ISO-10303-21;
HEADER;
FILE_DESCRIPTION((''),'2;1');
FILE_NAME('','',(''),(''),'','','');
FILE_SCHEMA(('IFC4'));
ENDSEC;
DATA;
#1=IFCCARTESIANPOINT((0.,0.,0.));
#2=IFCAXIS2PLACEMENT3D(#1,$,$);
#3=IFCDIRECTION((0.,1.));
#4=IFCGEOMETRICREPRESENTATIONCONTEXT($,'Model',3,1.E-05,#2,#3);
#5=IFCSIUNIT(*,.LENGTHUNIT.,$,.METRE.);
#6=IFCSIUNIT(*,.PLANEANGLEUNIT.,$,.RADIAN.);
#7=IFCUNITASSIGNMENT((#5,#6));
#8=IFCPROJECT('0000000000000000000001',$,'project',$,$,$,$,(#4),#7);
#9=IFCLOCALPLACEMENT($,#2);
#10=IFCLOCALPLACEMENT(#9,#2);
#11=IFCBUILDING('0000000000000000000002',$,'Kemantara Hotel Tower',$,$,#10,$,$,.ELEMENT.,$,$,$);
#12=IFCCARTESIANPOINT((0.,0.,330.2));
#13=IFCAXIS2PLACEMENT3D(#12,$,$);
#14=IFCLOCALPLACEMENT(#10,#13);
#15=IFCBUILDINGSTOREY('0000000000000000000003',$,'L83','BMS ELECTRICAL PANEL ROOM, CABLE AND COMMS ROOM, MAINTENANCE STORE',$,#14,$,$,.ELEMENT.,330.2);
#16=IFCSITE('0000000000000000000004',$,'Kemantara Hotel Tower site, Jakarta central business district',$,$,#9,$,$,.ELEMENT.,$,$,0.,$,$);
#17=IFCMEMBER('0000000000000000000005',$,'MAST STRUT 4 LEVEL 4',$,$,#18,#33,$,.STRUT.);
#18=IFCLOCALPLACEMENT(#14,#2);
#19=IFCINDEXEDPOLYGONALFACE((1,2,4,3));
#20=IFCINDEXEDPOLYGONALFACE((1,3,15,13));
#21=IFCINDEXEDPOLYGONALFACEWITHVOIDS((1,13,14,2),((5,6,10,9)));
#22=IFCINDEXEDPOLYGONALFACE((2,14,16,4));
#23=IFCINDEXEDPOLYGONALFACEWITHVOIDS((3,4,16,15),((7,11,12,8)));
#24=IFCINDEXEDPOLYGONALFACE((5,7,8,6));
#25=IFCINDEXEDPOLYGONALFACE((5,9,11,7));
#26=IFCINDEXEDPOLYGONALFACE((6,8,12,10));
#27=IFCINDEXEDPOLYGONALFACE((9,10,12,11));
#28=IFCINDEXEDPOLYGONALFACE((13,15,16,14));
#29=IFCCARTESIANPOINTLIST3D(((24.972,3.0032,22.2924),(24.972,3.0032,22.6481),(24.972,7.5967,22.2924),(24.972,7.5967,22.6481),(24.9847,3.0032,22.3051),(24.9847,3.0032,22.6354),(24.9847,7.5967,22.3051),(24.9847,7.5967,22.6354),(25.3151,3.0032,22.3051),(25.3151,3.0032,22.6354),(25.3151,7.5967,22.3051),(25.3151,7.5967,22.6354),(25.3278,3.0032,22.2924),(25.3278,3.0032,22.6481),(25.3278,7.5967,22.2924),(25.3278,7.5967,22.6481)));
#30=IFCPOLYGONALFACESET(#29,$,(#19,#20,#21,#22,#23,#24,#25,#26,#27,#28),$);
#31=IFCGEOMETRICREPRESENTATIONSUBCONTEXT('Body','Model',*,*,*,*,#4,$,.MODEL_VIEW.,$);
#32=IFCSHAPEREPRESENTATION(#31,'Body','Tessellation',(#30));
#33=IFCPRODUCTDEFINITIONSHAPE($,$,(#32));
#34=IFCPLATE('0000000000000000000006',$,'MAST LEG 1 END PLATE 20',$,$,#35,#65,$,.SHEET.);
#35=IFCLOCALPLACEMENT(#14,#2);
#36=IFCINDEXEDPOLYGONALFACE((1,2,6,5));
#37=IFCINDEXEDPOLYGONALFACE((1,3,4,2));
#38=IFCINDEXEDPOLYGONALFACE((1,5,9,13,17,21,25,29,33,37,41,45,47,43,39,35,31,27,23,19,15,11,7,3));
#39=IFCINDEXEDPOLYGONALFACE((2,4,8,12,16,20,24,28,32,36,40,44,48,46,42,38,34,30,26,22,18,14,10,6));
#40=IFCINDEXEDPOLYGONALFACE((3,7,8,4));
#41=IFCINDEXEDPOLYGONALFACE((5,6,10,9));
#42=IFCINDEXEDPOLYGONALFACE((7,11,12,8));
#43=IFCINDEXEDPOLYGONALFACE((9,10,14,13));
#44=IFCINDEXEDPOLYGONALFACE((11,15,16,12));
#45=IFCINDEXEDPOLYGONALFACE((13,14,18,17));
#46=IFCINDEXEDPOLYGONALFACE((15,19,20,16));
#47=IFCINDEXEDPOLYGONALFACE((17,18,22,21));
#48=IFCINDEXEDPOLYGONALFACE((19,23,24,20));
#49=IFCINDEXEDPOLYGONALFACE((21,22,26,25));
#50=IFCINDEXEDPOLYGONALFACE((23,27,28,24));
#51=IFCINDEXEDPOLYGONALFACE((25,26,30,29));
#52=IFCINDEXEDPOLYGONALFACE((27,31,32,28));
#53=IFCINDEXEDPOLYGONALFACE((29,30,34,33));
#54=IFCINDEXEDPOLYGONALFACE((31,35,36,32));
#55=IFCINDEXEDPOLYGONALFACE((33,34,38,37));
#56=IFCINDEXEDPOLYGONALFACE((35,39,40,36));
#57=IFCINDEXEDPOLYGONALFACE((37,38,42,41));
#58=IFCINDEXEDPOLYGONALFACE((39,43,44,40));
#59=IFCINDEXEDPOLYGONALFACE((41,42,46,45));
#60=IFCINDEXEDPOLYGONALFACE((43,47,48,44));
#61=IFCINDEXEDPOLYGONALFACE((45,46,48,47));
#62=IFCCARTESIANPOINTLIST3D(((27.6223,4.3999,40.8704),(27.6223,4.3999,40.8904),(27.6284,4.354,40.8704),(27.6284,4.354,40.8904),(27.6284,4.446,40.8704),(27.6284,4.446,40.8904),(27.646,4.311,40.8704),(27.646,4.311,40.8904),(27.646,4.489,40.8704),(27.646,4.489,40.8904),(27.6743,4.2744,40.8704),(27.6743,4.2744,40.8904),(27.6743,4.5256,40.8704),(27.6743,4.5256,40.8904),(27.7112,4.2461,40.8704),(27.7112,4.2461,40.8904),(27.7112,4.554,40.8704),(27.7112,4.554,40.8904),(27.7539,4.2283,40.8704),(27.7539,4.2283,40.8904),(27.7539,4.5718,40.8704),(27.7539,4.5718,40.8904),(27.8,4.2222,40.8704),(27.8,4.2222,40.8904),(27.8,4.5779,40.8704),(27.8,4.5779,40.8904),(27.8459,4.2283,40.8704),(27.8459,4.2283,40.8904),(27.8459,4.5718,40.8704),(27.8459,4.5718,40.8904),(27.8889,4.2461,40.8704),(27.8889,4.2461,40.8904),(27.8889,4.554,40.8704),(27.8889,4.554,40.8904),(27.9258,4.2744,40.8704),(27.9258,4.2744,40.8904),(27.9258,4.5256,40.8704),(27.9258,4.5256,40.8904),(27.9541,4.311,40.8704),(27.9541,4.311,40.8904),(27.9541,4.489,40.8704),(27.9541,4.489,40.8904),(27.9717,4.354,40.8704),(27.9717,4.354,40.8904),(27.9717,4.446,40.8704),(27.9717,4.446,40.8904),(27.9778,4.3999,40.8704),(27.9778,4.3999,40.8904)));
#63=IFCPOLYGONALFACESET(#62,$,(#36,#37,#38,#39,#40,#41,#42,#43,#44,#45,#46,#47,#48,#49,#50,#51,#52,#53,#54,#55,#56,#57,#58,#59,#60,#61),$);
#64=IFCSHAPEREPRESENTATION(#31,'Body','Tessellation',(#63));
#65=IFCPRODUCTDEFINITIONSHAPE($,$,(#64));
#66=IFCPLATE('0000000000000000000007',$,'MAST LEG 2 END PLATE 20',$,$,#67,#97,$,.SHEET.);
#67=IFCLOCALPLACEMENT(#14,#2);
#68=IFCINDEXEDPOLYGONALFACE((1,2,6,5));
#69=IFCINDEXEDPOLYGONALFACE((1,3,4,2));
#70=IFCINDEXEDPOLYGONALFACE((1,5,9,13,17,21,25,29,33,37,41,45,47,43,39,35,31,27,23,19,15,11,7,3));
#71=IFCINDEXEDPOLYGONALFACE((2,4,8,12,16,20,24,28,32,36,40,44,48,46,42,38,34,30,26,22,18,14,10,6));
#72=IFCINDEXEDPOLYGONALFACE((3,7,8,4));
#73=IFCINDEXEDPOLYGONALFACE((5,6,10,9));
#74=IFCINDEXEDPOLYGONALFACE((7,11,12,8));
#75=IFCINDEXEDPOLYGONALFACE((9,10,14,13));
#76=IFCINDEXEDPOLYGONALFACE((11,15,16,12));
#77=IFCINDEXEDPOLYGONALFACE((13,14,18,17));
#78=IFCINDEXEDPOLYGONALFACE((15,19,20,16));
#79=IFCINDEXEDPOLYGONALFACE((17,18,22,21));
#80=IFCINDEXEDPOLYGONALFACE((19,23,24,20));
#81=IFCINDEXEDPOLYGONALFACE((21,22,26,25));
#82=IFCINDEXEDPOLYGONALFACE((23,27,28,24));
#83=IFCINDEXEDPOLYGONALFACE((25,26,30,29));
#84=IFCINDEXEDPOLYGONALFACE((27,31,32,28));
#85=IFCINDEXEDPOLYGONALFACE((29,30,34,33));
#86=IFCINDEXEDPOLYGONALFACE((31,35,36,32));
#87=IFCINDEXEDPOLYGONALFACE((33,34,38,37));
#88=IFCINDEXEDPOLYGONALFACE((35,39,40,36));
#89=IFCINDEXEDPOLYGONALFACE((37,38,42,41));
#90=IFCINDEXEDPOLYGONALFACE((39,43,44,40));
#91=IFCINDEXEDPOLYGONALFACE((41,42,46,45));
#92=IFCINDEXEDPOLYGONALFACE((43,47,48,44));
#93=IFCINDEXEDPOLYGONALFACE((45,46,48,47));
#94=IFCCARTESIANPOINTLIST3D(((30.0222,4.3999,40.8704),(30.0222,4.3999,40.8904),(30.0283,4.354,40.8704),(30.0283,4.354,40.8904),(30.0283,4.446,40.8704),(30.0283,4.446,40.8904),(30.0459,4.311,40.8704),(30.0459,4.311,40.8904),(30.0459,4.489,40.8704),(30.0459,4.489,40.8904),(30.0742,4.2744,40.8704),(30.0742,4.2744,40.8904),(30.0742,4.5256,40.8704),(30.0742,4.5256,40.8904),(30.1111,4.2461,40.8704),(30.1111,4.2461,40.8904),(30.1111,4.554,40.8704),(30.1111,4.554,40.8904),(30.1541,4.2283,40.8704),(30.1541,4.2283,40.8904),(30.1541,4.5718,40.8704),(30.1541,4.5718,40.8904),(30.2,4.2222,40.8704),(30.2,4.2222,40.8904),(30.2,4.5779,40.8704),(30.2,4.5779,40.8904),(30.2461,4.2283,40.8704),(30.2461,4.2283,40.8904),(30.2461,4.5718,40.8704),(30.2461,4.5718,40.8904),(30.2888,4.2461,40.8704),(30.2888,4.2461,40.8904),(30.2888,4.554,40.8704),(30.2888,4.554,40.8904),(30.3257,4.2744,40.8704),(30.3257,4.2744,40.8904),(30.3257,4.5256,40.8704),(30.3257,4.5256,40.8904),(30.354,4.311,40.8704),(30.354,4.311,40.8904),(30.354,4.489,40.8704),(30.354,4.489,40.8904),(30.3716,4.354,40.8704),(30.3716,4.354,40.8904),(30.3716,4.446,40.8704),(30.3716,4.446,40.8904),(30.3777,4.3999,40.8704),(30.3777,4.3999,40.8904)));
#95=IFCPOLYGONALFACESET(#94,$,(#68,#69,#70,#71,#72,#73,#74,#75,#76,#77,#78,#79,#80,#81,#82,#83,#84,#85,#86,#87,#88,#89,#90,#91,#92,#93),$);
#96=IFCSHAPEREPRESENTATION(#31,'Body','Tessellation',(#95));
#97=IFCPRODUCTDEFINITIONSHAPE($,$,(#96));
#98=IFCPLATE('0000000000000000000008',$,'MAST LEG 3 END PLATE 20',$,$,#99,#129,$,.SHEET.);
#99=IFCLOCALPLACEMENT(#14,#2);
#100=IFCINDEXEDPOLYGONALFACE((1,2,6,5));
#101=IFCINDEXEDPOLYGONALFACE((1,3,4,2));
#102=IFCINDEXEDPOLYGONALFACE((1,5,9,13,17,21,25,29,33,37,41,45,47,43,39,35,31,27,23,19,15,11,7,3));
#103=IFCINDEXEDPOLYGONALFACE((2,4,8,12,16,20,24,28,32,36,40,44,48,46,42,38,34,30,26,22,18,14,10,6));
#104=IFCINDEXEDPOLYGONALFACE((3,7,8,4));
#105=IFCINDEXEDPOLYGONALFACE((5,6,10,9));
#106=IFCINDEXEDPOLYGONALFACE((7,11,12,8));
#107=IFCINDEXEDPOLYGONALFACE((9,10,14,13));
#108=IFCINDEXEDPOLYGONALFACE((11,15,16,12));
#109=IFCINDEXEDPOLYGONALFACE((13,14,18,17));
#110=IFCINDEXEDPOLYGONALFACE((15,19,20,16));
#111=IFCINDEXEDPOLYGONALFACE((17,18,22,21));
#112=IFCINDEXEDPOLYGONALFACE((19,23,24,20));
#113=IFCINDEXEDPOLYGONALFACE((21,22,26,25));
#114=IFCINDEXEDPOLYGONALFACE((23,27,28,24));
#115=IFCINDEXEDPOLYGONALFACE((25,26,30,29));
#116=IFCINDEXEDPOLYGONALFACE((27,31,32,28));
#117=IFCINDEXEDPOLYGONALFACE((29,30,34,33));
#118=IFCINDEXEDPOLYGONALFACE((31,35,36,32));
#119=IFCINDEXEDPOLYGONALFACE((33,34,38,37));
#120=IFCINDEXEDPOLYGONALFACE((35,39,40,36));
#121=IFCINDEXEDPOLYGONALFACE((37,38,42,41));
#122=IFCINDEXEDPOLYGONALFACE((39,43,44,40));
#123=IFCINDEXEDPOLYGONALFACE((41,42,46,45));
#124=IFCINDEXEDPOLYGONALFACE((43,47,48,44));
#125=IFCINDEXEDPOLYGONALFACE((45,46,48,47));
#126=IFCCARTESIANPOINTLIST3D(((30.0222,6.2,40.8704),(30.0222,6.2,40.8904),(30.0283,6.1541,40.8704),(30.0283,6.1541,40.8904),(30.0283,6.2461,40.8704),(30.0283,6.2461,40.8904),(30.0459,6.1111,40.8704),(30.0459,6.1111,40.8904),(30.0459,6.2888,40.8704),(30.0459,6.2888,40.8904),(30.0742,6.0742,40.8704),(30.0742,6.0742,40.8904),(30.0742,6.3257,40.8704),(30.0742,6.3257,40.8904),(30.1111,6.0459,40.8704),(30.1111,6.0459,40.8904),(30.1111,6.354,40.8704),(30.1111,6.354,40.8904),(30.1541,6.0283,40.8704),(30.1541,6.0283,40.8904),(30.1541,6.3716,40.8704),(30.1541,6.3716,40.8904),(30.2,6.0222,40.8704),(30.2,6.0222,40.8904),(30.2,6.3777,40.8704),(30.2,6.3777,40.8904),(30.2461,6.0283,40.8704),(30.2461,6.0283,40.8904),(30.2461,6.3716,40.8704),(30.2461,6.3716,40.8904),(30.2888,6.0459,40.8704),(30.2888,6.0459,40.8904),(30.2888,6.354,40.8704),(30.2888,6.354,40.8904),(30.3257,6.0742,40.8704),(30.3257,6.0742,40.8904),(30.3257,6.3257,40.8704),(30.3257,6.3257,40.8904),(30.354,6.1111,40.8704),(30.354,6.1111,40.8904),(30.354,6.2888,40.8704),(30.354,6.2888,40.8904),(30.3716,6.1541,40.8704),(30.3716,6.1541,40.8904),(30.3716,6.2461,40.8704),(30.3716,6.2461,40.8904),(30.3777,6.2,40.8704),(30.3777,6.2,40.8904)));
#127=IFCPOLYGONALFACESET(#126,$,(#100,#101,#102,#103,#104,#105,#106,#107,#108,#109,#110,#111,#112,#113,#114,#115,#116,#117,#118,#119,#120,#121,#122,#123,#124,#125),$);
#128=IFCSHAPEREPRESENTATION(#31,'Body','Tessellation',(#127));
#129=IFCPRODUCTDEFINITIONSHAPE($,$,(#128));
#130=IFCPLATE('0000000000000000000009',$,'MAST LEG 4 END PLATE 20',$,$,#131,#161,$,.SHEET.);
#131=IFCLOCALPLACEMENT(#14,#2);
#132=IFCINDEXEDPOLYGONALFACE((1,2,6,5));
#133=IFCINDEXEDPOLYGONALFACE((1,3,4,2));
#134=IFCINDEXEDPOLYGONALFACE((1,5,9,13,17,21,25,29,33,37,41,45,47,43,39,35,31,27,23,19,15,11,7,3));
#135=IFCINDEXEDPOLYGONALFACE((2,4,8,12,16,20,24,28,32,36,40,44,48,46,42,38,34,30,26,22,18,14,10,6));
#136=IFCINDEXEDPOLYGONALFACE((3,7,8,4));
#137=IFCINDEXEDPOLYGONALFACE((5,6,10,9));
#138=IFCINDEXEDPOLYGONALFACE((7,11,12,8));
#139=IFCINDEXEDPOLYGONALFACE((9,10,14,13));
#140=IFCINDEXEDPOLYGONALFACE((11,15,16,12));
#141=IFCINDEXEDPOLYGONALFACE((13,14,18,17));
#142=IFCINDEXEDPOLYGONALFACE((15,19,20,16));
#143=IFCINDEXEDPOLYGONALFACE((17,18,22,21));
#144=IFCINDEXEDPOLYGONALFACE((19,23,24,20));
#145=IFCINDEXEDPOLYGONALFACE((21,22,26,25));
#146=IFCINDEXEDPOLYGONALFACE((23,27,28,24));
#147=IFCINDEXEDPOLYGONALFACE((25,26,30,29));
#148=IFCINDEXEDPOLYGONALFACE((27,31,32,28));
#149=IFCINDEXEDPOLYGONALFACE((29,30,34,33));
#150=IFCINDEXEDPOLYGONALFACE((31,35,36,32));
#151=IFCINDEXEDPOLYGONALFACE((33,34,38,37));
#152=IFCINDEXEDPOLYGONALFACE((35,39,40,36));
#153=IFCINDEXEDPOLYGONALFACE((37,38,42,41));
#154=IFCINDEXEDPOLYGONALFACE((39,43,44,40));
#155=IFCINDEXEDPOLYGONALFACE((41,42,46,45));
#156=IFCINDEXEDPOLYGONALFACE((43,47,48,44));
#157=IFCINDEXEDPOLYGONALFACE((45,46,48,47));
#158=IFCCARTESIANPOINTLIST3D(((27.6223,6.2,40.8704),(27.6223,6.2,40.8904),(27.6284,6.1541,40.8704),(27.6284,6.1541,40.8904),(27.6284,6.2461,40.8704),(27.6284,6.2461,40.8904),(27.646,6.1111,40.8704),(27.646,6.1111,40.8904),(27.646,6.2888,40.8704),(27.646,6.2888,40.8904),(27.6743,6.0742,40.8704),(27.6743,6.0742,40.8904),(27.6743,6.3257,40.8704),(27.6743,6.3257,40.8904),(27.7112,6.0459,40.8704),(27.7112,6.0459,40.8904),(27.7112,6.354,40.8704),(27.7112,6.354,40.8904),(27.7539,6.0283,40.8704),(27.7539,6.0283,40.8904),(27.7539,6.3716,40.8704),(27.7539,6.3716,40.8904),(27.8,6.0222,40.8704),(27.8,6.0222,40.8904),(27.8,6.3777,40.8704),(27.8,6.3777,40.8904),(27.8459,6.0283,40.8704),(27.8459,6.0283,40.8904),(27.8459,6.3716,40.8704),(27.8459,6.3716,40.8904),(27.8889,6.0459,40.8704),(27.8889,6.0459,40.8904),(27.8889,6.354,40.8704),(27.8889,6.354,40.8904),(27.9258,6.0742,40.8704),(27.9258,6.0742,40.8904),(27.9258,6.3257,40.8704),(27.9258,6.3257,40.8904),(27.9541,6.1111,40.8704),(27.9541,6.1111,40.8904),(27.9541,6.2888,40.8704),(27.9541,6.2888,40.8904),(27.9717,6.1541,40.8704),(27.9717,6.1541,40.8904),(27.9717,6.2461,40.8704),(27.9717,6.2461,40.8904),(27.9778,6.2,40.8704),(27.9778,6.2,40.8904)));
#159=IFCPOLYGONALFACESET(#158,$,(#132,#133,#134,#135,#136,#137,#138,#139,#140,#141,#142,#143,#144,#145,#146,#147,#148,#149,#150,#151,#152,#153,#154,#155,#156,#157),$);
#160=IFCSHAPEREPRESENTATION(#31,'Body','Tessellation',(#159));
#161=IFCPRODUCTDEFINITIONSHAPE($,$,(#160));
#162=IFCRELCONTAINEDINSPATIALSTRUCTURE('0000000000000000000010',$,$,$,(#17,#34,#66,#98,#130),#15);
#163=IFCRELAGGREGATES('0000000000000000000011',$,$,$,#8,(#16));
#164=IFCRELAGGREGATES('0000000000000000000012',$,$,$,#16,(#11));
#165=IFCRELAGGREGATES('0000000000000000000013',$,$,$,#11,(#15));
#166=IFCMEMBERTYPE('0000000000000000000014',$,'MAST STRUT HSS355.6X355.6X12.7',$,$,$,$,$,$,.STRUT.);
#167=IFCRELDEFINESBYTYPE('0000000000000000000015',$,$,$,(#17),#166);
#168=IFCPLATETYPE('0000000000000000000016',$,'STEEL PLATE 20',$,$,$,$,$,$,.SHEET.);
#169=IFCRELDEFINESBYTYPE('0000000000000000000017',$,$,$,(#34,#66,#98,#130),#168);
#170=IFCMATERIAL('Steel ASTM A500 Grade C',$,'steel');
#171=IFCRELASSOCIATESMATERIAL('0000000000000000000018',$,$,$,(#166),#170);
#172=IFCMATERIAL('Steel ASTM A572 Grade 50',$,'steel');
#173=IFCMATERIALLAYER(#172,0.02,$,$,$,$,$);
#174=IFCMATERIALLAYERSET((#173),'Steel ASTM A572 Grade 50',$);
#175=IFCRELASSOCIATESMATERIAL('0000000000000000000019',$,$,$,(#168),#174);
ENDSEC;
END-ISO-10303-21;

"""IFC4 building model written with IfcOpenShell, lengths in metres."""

from ifc_helpers import new_model, si_unit, direction, frame, origin, origin_2d, place, context, subcontext, project, spatial, polyline, hollow_rectangle, outline, extrude, material, layer, layer_set, material_profile, profile_set, type_object, element, save


model = new_model("IFC4")

# Units and contexts
model_context = context("Model", 3, precision=1e-05, world=origin(), true_north=direction((0.0, 1.0)))
body_context = subcontext(model_context, "Body", "Model", "MODEL_VIEW")
ifc_project = project(units=[si_unit("LENGTHUNIT", "METRE"), si_unit("PLANEANGLEUNIT", "RADIAN")], contexts=[model_context])

# Site, building, storey
site_placement = place(None, origin())
site = spatial("IfcSite", under=ifc_project, at=site_placement, Name="Kemantara Hotel Tower site, Jakarta central business district", CompositionType="ELEMENT", RefElevation=0.0)
building_placement = place(site_placement, origin())
building = spatial("IfcBuilding", under=site, at=building_placement, Name="Kemantara Hotel Tower", CompositionType="ELEMENT")
storey_placement = place(building_placement, frame((0.0, 0.0, 330.2)))
storey = spatial("IfcBuildingStorey", under=building, at=storey_placement, Name="L83", Description="BMS ELECTRICAL PANEL ROOM, CABLE AND COMMS ROOM, MAINTENANCE STORE", CompositionType="ELEMENT", Elevation=330.2)

# Member
ifc_material_1 = material(Name="Steel ASTM A500 Grade C", Category="steel")
ifc_material_profile_1 = material_profile(ifc_material_1, hollow_rectangle(XDim=0.3557, YDim=0.3557, WallThickness=0.0127, at=origin_2d()), Name="HSS355.6X355.6X12.7")
ifc_profile_set_1 = profile_set([ifc_material_profile_1], Name="Steel ASTM A500 Grade C")
member_type_1 = type_object("IfcMemberType", Name="MAST STRUT HSS355.6X355.6X12.7", PredefinedType="STRUT", material=ifc_profile_set_1)
member_1_placement = place(storey_placement, frame((25.1499, 7.5967, 22.4702), z_axis=(0.0, -1.0, 0.0), x_axis=(1.0, 0.0, 0.0)))
element("IfcMember", 1, at=member_1_placement, inside=storey, type_object=member_type_1, Name="MAST STRUT 4 LEVEL 4", PredefinedType="STRUT", context=body_context, shape_type="SweptSolid", body=[
    extrude(hollow_rectangle(XDim=0.3557, YDim=0.3557, WallThickness=0.0127, at=origin_2d()), origin(), (0.0, 0.0, 1.0), 4.5935),
])

# Plates
ifc_material_2 = material(Name="Steel ASTM A572 Grade 50", Category="steel")
ifc_layer = layer(ifc_material_2, 0.02)
ifc_layer_set = layer_set([ifc_layer], Name="Steel ASTM A572 Grade 50")
plate_type = type_object("IfcPlateType", Name="STEEL PLATE 20", PredefinedType="SHEET", material=ifc_layer_set)
plate_1_placement = place(storey_placement, frame((0.0, 0.0, 40.8704)))
element("IfcPlate", 2, at=plate_1_placement, inside=storey, type_object=plate_type, Name="MAST LEG 1 END PLATE 20", PredefinedType="SHEET", context=body_context, shape_type="SweptSolid", body=[
    extrude(outline(polyline([(27.9778, 4.3999), (27.9717, 4.446), (27.9541, 4.489), (27.9258, 4.5256), (27.8889, 4.554), (27.8459, 4.5718), (27.8, 4.5779), (27.7539, 4.5718), (27.7112, 4.554), (27.6743, 4.5256), (27.646, 4.489), (27.6284, 4.446), (27.6223, 4.3999), (27.6284, 4.354), (27.646, 4.311), (27.6743, 4.2744), (27.7112, 4.2461), (27.7539, 4.2283), (27.8, 4.2222), (27.8459, 4.2283), (27.8889, 4.2461), (27.9258, 4.2744), (27.9541, 4.311), (27.9717, 4.354), (27.9778, 4.3999)])), origin(), (0.0, 0.0, 1.0), 0.02),
])
plate_2_placement = place(storey_placement, frame((0.0, 0.0, 40.8704)))
element("IfcPlate", 3, at=plate_2_placement, inside=storey, type_object=plate_type, Name="MAST LEG 2 END PLATE 20", PredefinedType="SHEET", context=body_context, shape_type="SweptSolid", body=[
    extrude(outline(polyline([(30.3777, 4.3999), (30.3716, 4.446), (30.354, 4.489), (30.3257, 4.5256), (30.2888, 4.554), (30.2461, 4.5718), (30.2, 4.5779), (30.1541, 4.5718), (30.1111, 4.554), (30.0742, 4.5256), (30.0459, 4.489), (30.0283, 4.446), (30.0222, 4.3999), (30.0283, 4.354), (30.0459, 4.311), (30.0742, 4.2744), (30.1111, 4.2461), (30.1541, 4.2283), (30.2, 4.2222), (30.2461, 4.2283), (30.2888, 4.2461), (30.3257, 4.2744), (30.354, 4.311), (30.3716, 4.354), (30.3777, 4.3999)])), origin(), (0.0, 0.0, 1.0), 0.02),
])
plate_3_placement = place(storey_placement, frame((0.0, 0.0, 40.8704)))
element("IfcPlate", 4, at=plate_3_placement, inside=storey, type_object=plate_type, Name="MAST LEG 3 END PLATE 20", PredefinedType="SHEET", context=body_context, shape_type="SweptSolid", body=[
    extrude(outline(polyline([(30.3777, 6.2), (30.3716, 6.2461), (30.354, 6.2888), (30.3257, 6.3257), (30.2888, 6.354), (30.2461, 6.3716), (30.2, 6.3777), (30.1541, 6.3716), (30.1111, 6.354), (30.0742, 6.3257), (30.0459, 6.2888), (30.0283, 6.2461), (30.0222, 6.2), (30.0283, 6.1541), (30.0459, 6.1111), (30.0742, 6.0742), (30.1111, 6.0459), (30.1541, 6.0283), (30.2, 6.0222), (30.2461, 6.0283), (30.2888, 6.0459), (30.3257, 6.0742), (30.354, 6.1111), (30.3716, 6.1541), (30.3777, 6.2)])), origin(), (0.0, 0.0, 1.0), 0.02),
])
plate_4_placement = place(storey_placement, frame((0.0, 0.0, 40.8704)))
element("IfcPlate", 5, at=plate_4_placement, inside=storey, type_object=plate_type, Name="MAST LEG 4 END PLATE 20", PredefinedType="SHEET", context=body_context, shape_type="SweptSolid", body=[
    extrude(outline(polyline([(27.9778, 6.2), (27.9717, 6.2461), (27.9541, 6.2888), (27.9258, 6.3257), (27.8889, 6.354), (27.8459, 6.3716), (27.8, 6.3777), (27.7539, 6.3716), (27.7112, 6.354), (27.6743, 6.3257), (27.646, 6.2888), (27.6284, 6.2461), (27.6223, 6.2), (27.6284, 6.1541), (27.646, 6.1111), (27.6743, 6.0742), (27.7112, 6.0459), (27.7539, 6.0283), (27.8, 6.0222), (27.8459, 6.0283), (27.8889, 6.0459), (27.9258, 6.0742), (27.9541, 6.1111), (27.9717, 6.1541), (27.9778, 6.2)])), origin(), (0.0, 0.0, 1.0), 0.02),
])

save(model, "model.ifc")
